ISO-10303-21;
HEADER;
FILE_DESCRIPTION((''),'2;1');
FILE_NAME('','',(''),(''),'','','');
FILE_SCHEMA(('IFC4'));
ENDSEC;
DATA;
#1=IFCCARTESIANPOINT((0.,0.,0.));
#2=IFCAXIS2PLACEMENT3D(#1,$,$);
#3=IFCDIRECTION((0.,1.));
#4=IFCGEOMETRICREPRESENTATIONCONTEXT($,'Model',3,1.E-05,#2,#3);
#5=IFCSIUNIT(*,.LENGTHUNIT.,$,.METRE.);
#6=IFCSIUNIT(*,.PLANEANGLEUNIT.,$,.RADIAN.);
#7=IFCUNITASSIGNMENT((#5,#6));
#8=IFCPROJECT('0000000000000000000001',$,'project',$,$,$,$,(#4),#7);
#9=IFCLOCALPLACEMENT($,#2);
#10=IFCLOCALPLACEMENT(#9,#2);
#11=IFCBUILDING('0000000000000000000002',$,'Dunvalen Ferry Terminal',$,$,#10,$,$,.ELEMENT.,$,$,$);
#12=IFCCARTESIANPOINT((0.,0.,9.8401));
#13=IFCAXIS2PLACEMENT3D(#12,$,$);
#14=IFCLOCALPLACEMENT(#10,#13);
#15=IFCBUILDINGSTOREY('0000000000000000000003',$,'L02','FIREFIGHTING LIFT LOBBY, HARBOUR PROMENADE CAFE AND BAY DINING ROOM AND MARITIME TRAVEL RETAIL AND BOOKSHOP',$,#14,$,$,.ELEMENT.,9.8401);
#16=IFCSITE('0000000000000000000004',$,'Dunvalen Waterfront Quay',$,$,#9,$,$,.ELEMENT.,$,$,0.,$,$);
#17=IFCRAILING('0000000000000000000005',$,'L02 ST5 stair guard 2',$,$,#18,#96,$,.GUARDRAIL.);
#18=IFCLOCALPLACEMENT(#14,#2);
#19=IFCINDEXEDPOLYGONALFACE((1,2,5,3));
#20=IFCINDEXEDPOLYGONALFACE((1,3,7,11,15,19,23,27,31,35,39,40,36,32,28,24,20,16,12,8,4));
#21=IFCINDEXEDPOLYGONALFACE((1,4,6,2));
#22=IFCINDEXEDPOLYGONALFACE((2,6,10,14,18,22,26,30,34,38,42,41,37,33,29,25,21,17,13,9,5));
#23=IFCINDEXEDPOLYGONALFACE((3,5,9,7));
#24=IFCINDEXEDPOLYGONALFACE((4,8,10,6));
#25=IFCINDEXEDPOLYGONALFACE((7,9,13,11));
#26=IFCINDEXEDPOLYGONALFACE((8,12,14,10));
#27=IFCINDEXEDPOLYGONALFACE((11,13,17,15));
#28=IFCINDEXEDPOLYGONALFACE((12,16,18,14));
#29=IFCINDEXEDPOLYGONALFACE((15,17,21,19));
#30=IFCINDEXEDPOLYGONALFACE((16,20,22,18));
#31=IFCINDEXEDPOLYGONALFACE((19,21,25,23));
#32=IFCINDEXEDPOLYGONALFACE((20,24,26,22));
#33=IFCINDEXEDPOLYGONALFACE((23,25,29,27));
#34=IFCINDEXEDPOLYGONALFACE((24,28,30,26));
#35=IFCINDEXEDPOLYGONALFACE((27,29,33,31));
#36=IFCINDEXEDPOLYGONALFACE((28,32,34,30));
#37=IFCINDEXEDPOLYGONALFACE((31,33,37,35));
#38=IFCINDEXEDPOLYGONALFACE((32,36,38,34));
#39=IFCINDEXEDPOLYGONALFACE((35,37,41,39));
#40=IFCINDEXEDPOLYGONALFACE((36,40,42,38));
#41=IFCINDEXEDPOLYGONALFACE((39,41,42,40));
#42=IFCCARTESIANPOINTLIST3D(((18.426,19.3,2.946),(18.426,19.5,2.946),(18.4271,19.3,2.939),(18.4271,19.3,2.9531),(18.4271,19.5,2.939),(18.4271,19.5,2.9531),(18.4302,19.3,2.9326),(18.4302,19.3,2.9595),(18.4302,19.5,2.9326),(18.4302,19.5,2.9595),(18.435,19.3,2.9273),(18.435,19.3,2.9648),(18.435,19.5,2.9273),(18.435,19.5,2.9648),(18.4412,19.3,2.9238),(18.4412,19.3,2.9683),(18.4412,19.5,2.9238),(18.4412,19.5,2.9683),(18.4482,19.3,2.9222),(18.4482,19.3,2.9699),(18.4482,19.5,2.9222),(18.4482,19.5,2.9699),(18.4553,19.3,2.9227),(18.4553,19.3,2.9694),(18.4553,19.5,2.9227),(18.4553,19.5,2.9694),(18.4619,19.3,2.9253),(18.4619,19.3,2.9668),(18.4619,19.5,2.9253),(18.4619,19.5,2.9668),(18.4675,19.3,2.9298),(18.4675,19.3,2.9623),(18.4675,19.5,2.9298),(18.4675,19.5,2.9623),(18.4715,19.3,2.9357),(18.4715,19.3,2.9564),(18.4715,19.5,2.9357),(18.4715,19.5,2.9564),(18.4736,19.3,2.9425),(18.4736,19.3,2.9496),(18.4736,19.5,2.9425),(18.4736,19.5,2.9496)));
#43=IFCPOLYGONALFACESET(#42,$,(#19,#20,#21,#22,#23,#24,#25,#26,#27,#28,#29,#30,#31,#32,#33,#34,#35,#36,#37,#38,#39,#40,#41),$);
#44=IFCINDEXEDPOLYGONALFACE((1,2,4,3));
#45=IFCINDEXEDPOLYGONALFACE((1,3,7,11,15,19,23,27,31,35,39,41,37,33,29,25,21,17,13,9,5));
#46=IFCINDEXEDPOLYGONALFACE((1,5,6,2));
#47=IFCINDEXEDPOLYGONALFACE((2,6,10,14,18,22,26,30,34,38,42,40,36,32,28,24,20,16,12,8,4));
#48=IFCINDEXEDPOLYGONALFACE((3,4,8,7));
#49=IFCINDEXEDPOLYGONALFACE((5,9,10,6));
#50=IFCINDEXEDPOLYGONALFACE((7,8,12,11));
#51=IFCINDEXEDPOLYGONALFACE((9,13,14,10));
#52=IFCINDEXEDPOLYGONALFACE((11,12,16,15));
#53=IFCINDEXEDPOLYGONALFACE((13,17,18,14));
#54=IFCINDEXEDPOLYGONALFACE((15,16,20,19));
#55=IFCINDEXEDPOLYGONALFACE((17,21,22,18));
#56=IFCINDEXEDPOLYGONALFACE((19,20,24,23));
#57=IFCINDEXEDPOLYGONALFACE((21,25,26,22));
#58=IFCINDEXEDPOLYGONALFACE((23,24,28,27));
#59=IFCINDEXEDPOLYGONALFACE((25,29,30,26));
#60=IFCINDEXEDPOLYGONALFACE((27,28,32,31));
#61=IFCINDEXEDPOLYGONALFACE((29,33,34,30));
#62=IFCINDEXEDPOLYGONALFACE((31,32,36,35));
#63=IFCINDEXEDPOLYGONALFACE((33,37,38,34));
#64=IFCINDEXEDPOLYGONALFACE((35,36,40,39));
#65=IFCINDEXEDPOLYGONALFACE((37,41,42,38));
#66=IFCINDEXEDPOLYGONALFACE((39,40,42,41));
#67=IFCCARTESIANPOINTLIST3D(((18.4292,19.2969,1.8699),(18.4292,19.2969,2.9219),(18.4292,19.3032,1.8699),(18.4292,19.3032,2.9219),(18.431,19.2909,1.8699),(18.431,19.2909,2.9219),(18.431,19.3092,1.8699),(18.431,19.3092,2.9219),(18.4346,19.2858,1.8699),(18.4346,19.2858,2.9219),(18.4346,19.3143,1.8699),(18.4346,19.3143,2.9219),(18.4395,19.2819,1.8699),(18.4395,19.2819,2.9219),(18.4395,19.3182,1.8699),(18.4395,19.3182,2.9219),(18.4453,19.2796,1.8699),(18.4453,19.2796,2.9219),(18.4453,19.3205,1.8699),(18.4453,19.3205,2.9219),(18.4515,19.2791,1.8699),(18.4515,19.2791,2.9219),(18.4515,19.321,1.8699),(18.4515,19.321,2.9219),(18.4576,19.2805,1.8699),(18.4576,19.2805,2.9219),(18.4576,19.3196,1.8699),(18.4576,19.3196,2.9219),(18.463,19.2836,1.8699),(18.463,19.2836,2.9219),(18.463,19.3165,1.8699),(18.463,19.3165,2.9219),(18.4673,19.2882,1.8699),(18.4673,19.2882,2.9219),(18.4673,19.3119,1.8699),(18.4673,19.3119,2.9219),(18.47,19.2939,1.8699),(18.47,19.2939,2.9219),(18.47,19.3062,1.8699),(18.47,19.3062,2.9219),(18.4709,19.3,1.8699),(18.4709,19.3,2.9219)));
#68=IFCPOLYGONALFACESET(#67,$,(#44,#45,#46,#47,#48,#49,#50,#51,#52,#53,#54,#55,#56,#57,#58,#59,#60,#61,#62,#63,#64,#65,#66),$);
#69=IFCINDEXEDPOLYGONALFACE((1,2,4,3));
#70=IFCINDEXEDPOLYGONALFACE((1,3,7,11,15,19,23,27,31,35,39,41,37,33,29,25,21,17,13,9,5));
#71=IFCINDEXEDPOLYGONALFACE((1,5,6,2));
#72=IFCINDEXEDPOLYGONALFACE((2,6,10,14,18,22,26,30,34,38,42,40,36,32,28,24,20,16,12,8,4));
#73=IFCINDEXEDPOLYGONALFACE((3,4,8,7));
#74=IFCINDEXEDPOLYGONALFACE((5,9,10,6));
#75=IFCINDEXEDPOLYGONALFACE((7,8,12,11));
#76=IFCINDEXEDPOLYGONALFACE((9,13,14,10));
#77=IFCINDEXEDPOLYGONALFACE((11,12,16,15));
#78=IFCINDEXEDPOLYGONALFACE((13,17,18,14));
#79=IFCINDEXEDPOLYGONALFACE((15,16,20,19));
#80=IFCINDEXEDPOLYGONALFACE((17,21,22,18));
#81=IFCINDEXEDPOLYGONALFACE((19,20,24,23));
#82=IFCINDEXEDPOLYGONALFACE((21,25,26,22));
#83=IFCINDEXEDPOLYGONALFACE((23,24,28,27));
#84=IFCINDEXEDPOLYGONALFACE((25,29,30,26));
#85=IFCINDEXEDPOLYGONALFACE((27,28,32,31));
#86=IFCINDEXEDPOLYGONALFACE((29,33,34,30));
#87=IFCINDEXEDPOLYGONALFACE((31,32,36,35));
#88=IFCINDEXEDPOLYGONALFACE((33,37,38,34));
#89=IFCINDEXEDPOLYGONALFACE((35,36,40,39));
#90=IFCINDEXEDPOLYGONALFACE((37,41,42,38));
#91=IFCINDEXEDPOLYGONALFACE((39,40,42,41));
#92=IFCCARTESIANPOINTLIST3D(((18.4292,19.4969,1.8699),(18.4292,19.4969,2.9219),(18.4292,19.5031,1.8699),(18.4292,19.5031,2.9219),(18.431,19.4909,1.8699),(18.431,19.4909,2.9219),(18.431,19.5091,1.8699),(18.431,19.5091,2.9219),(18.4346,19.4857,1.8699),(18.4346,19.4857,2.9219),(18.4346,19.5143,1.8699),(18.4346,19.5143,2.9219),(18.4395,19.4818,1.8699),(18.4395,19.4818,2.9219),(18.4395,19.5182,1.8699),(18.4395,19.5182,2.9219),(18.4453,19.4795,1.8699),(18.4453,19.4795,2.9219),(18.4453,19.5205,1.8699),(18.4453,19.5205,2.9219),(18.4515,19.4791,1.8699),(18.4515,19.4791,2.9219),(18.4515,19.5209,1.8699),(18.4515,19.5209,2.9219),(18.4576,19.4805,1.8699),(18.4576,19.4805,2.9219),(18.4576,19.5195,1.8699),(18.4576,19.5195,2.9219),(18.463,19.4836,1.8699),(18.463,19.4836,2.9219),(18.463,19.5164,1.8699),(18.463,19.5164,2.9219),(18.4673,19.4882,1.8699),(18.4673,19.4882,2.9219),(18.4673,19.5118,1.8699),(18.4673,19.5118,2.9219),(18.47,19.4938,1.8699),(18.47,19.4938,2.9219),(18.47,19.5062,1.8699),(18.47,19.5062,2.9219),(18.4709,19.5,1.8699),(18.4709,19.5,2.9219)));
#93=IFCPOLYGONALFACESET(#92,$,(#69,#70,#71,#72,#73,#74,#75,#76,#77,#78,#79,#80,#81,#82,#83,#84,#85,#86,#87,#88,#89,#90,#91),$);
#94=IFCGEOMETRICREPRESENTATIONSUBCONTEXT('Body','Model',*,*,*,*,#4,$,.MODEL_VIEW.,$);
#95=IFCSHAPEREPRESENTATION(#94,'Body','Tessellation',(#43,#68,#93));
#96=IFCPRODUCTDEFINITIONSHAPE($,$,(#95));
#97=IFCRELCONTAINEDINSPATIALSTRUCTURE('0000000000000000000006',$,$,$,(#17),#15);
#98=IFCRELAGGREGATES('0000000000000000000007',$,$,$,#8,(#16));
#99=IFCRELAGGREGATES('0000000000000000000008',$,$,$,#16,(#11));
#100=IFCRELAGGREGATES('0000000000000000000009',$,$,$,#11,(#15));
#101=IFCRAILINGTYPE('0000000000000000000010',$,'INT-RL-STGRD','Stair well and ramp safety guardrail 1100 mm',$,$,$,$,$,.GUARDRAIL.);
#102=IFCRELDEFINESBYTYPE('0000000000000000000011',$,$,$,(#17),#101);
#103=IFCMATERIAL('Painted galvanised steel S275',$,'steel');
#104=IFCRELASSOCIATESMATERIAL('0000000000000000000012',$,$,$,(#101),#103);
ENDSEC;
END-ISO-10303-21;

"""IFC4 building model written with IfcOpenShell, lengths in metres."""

from ifc_helpers import new_model, si_unit, direction, frame, origin, origin_2d, place, context, subcontext, project, spatial, circle, extrude, material, type_object, element, save


model = new_model("IFC4")

# Units and contexts
model_context = context("Model", 3, precision=1e-05, world=origin(), true_north=direction((0.0, 1.0)))
body_context = subcontext(model_context, "Body", "Model", "MODEL_VIEW")
ifc_project = project(units=[si_unit("LENGTHUNIT", "METRE"), si_unit("PLANEANGLEUNIT", "RADIAN")], contexts=[model_context])

# Site, building, storey
site_placement = place(None, origin())
site = spatial("IfcSite", under=ifc_project, at=site_placement, Name="Dunvalen Waterfront Quay", CompositionType="ELEMENT", RefElevation=0.0)
building_placement = place(site_placement, origin())
building = spatial("IfcBuilding", under=site, at=building_placement, Name="Dunvalen Ferry Terminal", CompositionType="ELEMENT")
storey_placement = place(building_placement, frame((0.0, 0.0, 9.8401)))
storey = spatial("IfcBuildingStorey", under=building, at=storey_placement, Name="L02", Description="FIREFIGHTING LIFT LOBBY, HARBOUR PROMENADE CAFE AND BAY DINING ROOM AND MARITIME TRAVEL RETAIL AND BOOKSHOP", CompositionType="ELEMENT", Elevation=9.8401)

# Railing
ifc_material_1 = material(Name="Painted galvanised steel S275", Category="steel")
railing_type_1 = type_object("IfcRailingType", Name="INT-RL-STGRD", Description="Stair well and ramp safety guardrail 1100 mm", PredefinedType="GUARDRAIL", material=ifc_material_1)
railing_1_placement = place(storey_placement, frame((18.45, 19.3, 1.8699)))
element("IfcRailing", 1, at=railing_1_placement, inside=storey, type_object=railing_type_1, Name="L02 ST5 stair guard 2", PredefinedType="GUARDRAIL", context=body_context, shape_type="SweptSolid", body=[
    extrude(circle(Radius=0.0239, at=origin_2d()), frame((0.0, 0.0, 1.0762), z_axis=(0.0, 1.0, 0.0), x_axis=(-1.0, 0.0, 0.0)), (0.0, 0.0, 1.0), 0.2),
    extrude(circle(Radius=0.021, at=origin_2d()), origin(), (0.0, 0.0, 1.0), 1.052),
    extrude(circle(Radius=0.021, at=origin_2d()), frame((0.0, 0.2, 0.0)), (0.0, 0.0, 1.0), 1.052),
])

save(model, "model.ifc")
